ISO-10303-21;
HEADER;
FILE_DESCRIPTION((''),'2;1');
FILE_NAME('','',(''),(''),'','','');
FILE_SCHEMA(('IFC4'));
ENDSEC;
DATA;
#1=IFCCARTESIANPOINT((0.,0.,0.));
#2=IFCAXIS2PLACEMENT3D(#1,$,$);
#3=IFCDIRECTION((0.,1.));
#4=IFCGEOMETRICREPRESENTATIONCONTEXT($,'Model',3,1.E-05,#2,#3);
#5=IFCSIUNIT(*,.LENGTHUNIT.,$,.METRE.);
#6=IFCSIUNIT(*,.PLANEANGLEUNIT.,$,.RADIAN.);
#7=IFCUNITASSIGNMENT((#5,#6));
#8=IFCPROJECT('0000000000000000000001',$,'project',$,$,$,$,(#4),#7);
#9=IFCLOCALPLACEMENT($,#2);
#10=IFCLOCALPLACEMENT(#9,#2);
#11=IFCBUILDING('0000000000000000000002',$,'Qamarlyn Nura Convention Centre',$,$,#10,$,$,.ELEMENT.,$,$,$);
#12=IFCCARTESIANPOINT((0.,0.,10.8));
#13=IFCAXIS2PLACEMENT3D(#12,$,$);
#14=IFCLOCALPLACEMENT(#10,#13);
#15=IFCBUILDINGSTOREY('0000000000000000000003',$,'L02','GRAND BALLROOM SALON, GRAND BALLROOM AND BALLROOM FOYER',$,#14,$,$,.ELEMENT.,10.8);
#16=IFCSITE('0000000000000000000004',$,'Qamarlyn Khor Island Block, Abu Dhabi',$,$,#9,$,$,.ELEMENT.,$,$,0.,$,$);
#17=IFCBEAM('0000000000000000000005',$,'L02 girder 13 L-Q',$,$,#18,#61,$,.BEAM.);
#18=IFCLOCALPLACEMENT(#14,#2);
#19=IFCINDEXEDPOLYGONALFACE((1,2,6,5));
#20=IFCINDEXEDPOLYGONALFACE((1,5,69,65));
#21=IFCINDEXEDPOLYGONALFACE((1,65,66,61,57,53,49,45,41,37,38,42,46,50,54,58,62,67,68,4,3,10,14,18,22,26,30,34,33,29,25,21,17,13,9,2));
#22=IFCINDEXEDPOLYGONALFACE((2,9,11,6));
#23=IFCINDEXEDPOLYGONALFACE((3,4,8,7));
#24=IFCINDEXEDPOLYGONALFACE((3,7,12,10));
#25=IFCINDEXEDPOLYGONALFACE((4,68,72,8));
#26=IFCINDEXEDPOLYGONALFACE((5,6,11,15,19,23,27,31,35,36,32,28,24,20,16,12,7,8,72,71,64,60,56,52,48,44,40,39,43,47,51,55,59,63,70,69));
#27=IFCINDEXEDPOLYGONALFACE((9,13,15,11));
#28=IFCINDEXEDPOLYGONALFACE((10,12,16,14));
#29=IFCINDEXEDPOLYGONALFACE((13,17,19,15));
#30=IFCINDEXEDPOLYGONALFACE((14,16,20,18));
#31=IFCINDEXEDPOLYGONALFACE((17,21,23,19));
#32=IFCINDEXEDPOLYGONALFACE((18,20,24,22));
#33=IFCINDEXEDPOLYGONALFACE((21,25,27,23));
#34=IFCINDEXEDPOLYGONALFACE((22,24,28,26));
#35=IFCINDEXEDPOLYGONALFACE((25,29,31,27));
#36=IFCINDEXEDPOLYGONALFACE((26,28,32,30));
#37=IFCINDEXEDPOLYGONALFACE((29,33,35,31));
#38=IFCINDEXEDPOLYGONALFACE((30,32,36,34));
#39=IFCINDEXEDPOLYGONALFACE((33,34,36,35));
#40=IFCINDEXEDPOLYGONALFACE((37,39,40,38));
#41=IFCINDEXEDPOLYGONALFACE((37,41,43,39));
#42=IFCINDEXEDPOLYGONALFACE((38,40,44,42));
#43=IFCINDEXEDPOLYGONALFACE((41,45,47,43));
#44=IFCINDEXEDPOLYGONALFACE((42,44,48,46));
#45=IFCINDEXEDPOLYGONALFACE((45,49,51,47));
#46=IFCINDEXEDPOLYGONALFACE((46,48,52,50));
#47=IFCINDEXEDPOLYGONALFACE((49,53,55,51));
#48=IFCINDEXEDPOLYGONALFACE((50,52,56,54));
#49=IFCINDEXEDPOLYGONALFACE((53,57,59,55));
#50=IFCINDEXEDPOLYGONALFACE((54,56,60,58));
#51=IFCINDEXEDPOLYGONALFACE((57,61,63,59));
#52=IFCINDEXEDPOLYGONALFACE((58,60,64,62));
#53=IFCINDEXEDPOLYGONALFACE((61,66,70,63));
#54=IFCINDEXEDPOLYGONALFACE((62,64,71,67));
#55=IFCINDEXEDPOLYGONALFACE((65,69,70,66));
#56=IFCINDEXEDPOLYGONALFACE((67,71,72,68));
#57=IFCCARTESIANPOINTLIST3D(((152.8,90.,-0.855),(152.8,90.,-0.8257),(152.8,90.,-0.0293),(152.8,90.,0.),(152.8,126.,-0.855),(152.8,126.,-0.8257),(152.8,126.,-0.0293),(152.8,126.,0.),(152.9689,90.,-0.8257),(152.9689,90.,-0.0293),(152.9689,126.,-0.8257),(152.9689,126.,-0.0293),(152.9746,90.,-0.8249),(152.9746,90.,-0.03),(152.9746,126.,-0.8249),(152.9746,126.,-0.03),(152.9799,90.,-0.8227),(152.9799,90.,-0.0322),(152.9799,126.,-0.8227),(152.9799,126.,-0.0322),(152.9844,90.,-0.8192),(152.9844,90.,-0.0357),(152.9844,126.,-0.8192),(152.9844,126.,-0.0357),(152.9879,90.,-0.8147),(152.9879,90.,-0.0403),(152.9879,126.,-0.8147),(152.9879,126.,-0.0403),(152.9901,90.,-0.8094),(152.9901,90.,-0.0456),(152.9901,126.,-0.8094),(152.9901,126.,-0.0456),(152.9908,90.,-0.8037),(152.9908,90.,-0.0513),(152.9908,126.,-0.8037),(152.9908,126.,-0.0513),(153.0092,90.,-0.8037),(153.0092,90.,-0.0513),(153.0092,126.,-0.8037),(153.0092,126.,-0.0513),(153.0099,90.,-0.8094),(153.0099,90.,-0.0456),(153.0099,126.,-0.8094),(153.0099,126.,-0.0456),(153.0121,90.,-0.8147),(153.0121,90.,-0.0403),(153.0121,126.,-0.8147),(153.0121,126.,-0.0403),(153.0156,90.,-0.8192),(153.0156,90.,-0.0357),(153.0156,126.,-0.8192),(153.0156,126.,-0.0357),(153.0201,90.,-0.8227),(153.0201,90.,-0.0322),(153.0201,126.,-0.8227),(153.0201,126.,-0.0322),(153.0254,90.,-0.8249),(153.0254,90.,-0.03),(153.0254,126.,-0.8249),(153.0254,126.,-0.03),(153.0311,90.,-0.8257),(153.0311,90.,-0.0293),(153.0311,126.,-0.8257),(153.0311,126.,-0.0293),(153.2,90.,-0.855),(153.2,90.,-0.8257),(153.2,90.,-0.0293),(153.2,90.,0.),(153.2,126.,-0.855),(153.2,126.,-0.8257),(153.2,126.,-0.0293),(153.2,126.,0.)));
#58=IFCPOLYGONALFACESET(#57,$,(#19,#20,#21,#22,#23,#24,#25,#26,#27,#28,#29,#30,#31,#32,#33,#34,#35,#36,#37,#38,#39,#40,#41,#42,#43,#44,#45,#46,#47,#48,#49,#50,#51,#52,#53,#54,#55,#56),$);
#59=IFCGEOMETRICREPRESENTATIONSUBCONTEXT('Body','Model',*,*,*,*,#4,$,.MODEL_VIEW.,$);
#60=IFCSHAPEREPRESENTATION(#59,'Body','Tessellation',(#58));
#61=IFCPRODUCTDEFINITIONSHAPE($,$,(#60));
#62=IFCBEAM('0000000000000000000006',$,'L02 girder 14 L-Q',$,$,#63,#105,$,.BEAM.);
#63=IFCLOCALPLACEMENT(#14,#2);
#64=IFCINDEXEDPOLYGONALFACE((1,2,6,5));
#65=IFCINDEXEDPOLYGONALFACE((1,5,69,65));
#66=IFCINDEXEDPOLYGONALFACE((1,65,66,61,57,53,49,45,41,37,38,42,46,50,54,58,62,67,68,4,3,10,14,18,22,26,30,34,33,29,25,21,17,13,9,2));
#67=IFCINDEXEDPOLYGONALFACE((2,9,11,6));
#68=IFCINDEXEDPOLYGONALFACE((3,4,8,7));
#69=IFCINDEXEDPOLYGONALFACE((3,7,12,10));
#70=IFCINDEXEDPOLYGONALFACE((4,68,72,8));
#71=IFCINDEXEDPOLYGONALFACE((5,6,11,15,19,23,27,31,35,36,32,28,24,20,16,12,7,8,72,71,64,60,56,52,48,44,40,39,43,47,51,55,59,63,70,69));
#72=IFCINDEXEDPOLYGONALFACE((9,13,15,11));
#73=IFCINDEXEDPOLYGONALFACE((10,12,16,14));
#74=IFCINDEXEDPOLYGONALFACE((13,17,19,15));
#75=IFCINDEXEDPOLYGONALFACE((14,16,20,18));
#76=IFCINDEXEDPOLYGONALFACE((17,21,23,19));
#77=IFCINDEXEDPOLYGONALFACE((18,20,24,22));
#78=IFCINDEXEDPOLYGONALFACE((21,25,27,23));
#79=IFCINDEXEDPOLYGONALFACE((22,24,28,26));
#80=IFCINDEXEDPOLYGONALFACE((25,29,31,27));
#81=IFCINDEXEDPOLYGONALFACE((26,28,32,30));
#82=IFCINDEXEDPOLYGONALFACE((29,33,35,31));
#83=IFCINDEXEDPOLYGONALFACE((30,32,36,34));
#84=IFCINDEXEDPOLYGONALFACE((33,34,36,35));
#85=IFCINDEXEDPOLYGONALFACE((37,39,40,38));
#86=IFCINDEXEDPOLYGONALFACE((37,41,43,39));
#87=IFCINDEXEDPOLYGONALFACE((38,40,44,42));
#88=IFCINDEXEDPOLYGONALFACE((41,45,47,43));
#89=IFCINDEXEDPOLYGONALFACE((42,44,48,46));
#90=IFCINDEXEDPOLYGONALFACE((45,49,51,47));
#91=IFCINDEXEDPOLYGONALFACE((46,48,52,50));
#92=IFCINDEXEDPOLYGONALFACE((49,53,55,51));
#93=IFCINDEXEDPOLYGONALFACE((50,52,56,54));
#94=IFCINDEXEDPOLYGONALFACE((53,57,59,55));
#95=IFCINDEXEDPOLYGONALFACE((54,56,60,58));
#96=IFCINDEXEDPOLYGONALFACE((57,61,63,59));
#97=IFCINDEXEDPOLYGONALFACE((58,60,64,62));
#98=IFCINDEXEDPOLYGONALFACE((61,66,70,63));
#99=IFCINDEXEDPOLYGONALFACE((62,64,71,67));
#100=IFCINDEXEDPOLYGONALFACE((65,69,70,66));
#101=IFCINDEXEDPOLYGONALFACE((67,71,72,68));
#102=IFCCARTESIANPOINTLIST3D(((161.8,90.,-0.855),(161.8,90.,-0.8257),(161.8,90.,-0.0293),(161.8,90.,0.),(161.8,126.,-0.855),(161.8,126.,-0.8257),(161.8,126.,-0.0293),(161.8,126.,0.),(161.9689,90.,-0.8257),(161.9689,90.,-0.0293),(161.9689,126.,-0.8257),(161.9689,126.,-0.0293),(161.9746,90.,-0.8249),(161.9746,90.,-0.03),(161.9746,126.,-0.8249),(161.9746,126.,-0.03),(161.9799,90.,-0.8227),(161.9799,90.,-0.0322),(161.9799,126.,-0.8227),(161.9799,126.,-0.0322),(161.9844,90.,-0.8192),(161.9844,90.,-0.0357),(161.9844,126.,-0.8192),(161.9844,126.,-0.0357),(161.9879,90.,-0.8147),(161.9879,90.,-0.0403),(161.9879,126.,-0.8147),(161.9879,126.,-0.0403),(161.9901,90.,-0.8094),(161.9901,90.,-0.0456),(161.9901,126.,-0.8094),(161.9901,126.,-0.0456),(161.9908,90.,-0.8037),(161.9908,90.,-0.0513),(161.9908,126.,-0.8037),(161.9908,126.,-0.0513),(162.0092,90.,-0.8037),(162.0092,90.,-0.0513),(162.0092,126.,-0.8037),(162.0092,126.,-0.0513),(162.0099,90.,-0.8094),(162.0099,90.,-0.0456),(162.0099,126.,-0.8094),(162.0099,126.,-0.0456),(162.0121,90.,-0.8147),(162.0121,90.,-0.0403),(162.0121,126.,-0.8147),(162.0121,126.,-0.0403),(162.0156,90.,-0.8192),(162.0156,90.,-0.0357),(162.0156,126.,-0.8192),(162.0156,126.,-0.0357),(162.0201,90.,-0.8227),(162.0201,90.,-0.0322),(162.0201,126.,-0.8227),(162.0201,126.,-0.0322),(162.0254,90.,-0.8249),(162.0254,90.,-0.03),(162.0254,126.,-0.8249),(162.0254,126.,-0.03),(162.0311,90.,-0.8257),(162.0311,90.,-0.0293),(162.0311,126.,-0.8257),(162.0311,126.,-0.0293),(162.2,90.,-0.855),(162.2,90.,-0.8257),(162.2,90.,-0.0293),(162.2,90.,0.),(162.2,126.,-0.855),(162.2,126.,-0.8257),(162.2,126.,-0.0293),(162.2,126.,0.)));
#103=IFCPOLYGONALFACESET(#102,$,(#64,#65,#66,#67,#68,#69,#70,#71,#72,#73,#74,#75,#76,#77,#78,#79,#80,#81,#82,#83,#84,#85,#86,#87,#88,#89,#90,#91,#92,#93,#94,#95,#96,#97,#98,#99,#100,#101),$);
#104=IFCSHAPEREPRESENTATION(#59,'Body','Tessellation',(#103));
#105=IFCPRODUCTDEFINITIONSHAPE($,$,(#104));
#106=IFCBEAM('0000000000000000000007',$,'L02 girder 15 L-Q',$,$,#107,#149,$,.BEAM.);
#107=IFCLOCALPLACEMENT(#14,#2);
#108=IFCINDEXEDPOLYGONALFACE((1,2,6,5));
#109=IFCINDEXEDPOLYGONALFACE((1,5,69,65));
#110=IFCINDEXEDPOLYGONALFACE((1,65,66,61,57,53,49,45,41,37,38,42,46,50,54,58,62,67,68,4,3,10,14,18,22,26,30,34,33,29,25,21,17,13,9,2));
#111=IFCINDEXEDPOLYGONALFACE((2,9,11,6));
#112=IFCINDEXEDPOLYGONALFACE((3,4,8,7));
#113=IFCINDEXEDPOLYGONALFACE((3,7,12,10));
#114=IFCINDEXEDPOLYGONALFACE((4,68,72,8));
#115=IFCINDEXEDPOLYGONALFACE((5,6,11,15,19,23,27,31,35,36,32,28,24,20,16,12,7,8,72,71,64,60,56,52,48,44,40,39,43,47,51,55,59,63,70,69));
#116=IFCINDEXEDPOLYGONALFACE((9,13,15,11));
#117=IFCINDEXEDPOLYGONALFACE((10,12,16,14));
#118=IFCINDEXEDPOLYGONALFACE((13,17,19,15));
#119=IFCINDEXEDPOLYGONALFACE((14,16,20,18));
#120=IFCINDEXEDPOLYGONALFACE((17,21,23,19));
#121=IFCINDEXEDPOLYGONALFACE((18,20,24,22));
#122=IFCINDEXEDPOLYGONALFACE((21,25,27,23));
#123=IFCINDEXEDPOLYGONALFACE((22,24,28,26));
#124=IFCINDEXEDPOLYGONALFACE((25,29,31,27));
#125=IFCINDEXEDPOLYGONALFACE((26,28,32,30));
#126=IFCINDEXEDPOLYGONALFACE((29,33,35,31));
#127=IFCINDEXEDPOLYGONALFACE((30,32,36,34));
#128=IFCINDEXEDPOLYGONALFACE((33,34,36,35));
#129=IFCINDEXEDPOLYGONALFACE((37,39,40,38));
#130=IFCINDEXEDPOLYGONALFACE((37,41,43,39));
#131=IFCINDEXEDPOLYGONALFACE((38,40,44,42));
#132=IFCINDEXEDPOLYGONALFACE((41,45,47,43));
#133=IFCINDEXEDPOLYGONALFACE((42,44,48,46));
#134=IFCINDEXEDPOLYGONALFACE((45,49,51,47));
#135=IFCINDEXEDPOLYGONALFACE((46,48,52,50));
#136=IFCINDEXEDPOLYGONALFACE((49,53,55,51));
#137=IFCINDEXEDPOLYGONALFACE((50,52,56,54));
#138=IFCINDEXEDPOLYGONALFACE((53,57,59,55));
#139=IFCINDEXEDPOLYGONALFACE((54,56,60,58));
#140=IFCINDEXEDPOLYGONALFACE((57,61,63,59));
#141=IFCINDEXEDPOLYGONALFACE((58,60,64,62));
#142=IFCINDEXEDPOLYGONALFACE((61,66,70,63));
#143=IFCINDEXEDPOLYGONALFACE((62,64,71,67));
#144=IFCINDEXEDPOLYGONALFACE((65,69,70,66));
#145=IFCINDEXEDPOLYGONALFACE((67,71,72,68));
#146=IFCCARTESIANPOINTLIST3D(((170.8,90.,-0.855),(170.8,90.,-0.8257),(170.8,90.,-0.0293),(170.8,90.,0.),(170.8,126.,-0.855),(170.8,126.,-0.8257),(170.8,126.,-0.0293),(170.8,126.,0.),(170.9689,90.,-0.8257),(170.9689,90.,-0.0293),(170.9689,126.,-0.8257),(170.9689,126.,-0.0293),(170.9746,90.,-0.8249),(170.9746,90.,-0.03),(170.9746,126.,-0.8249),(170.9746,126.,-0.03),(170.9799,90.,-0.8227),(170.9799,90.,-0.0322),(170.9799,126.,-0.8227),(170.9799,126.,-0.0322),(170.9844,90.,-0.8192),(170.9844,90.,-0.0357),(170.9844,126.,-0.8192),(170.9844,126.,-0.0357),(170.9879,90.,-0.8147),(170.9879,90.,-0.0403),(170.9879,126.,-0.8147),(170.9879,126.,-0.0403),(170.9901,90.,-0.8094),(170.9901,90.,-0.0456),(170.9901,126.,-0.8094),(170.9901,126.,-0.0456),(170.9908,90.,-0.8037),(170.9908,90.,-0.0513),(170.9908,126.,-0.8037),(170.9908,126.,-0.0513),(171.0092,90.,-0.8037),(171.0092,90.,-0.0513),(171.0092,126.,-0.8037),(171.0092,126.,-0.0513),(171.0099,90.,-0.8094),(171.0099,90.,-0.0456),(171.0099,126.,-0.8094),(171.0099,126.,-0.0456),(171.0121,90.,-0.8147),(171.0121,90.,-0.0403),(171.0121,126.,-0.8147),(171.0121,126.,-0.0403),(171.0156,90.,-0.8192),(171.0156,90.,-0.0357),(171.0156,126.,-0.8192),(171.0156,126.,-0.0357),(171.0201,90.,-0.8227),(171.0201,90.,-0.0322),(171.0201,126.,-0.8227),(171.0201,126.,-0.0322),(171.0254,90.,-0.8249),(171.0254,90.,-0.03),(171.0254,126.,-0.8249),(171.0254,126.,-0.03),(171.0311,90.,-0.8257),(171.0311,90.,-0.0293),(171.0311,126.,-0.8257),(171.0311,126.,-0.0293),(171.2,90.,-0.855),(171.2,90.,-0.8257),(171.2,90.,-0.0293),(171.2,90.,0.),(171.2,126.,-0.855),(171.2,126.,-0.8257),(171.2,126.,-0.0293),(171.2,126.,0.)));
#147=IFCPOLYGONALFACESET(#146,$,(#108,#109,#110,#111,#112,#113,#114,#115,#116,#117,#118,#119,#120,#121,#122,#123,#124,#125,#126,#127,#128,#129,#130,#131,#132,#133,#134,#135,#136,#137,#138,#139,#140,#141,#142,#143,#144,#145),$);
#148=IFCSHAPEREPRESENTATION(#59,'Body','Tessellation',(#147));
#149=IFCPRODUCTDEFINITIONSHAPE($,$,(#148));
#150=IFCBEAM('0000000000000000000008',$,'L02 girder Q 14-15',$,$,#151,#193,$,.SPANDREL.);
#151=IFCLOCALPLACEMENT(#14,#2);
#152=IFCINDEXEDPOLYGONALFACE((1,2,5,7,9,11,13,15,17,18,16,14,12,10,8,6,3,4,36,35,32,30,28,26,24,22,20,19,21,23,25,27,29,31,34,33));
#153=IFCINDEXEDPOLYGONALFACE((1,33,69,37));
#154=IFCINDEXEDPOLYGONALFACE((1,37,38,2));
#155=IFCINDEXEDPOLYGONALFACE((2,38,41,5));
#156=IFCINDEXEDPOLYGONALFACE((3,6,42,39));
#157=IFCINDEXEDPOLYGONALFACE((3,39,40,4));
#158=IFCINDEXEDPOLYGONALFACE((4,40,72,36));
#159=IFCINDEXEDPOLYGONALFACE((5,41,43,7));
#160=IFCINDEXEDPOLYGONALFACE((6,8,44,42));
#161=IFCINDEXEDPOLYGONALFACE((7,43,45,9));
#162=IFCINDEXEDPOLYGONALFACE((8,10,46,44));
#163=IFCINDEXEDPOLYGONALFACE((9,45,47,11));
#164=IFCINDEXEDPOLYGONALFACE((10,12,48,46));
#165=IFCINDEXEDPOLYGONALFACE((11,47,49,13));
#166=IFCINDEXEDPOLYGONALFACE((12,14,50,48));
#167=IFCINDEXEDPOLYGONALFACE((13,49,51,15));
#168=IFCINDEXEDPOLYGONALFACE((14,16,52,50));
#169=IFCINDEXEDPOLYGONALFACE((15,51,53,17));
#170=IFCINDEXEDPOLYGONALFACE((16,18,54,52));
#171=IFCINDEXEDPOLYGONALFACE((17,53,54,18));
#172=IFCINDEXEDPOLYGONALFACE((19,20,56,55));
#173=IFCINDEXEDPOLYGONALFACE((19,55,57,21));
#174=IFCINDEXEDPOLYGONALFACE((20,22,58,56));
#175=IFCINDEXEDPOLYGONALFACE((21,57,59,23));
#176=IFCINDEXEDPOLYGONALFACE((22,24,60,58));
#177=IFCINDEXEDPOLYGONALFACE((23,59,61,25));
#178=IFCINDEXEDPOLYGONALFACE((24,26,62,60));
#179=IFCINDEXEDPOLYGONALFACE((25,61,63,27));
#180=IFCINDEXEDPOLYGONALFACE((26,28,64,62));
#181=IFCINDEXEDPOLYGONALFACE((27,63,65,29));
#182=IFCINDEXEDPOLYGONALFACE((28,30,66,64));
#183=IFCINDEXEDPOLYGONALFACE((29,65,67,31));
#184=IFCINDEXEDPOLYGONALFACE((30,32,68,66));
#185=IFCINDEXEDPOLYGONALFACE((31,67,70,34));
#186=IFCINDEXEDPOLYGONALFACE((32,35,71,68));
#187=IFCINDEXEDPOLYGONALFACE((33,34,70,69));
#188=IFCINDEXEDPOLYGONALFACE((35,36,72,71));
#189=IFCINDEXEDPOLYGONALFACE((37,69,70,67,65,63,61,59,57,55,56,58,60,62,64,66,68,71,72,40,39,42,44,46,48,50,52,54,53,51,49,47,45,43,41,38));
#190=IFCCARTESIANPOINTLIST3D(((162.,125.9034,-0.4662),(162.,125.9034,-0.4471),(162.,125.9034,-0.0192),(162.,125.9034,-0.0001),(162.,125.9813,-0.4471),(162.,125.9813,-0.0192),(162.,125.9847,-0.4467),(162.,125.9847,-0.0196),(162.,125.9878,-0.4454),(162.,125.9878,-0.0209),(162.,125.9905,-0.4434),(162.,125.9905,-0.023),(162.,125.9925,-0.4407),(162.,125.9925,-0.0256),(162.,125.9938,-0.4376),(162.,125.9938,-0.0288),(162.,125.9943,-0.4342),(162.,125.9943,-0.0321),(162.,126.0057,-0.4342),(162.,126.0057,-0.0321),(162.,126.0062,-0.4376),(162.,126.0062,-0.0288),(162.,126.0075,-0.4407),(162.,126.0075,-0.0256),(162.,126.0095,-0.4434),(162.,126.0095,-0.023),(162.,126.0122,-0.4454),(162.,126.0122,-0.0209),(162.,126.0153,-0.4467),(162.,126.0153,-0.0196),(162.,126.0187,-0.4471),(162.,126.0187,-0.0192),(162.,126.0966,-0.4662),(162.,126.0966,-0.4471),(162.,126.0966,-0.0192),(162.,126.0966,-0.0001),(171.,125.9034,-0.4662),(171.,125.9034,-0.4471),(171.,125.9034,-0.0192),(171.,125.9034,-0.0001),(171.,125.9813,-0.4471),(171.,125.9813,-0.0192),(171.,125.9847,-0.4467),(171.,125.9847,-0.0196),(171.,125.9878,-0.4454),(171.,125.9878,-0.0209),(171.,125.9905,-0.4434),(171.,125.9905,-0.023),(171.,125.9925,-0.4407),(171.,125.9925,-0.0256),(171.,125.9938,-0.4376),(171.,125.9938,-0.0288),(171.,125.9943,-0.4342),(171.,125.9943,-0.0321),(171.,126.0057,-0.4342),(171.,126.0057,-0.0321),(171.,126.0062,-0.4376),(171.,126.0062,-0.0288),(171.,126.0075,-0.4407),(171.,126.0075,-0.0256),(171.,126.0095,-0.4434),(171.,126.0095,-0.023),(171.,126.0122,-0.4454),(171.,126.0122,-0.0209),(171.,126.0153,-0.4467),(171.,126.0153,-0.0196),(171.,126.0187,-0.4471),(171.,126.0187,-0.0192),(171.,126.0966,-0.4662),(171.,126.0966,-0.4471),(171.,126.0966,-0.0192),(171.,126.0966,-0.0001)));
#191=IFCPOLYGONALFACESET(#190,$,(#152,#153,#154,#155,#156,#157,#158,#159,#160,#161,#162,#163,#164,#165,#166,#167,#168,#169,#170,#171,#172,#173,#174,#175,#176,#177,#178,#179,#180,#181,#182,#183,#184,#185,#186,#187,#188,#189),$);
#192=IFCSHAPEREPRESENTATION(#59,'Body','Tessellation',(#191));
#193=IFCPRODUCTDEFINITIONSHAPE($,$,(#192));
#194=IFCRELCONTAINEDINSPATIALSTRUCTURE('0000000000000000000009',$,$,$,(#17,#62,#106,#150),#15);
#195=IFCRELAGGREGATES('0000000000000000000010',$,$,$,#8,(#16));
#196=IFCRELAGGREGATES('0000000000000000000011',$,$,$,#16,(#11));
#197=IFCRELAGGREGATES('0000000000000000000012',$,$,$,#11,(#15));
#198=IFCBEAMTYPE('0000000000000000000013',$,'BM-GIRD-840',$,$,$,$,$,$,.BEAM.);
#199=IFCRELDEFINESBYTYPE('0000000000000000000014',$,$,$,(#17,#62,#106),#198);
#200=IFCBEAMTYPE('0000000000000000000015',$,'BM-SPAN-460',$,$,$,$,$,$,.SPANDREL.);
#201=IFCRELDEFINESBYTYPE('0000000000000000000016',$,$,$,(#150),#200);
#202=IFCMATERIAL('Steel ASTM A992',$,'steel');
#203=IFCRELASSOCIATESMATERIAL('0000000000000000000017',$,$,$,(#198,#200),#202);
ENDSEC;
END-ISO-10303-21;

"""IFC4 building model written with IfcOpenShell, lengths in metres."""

from ifc_helpers import new_model, si_unit, direction, frame, origin, origin_2d, place, context, subcontext, project, spatial, i_section, extrude, material, material_profile, profile_set, type_object, element, save


model = new_model("IFC4")

# Units and contexts
model_context = context("Model", 3, precision=1e-05, world=origin(), true_north=direction((0.0, 1.0)))
body_context = subcontext(model_context, "Body", "Model", "MODEL_VIEW")
ifc_project = project(units=[si_unit("LENGTHUNIT", "METRE"), si_unit("PLANEANGLEUNIT", "RADIAN")], contexts=[model_context])

# Site, building, storey
site_placement = place(None, origin())
site = spatial("IfcSite", under=ifc_project, at=site_placement, Name="Qamarlyn Khor Island Block, Abu Dhabi", CompositionType="ELEMENT", RefElevation=0.0)
building_placement = place(site_placement, origin())
building = spatial("IfcBuilding", under=site, at=building_placement, Name="Qamarlyn Nura Convention Centre", CompositionType="ELEMENT")
storey_placement = place(building_placement, frame((0.0, 0.0, 10.8)))
storey = spatial("IfcBuildingStorey", under=building, at=storey_placement, Name="L02", Description="GRAND BALLROOM SALON, GRAND BALLROOM AND BALLROOM FOYER", CompositionType="ELEMENT", Elevation=10.8)

# Shared definitions
ifc_material_1 = material(Name="Steel ASTM A992", Category="steel")

# Beams
ifc_material_profile_1 = material_profile(ifc_material_1, i_section(OverallWidth=0.3999, OverallDepth=0.855, WebThickness=0.0183, FlangeThickness=0.0293, FilletRadius=0.022, at=origin_2d()), Name="W840X299")
ifc_profile_set_1 = profile_set([ifc_material_profile_1], Name="Steel ASTM A992")
beam_type_1 = type_object("IfcBeamType", Name="BM-GIRD-840", PredefinedType="BEAM", material=ifc_profile_set_1)
for number, where, z_axis, x_axis, name in (
    (1, (153.0, 90.0, -0.4275), (0.0, 1.0, 0.0), (-1.0, 0.0, 0.0), "L02 girder 13 L-Q"),
    (2, (162.0, 90.0, -0.4275), (0.0, 1.0, 0.0), (-1.0, 0.0, 0.0), "L02 girder 14 L-Q"),
    (3, (171.0, 90.0, -0.4275), (0.0, 1.0, 0.0), (-1.0, 0.0, 0.0), "L02 girder 15 L-Q"),
):
    element("IfcBeam", number, at=place(storey_placement, frame(where, z_axis=z_axis, x_axis=x_axis)), inside=storey, type_object=beam_type_1, Name=name, PredefinedType="BEAM", context=body_context, shape_type="SweptSolid", body=[
        extrude(i_section(OverallWidth=0.3999, OverallDepth=0.855, WebThickness=0.0183, FlangeThickness=0.0293, FilletRadius=0.022, at=origin_2d()), origin(), (0.0, 0.0, 1.0), 36.0),
    ])
ifc_material_profile_2 = material_profile(ifc_material_1, i_section(OverallWidth=0.1931, OverallDepth=0.4661, WebThickness=0.0115, FlangeThickness=0.019, FilletRadius=0.0129, at=origin_2d()), Name="W460X97")
ifc_profile_set_2 = profile_set([ifc_material_profile_2], Name="Steel ASTM A992")
beam_type_2 = type_object("IfcBeamType", Name="BM-SPAN-460", PredefinedType="SPANDREL", material=ifc_profile_set_2)
beam_1_placement = place(storey_placement, frame((162.0, 126.0, -0.2332), z_axis=(1.0, 0.0, 0.0), x_axis=(0.0, 1.0, 0.0)))
element("IfcBeam", 4, at=beam_1_placement, inside=storey, type_object=beam_type_2, Name="L02 girder Q 14-15", PredefinedType="SPANDREL", context=body_context, shape_type="SweptSolid", body=[
    extrude(i_section(OverallWidth=0.1931, OverallDepth=0.4661, WebThickness=0.0115, FlangeThickness=0.019, FilletRadius=0.0129, at=origin_2d()), origin(), (0.0, 0.0, 1.0), 9.0),
])

save(model, "model.ifc")
